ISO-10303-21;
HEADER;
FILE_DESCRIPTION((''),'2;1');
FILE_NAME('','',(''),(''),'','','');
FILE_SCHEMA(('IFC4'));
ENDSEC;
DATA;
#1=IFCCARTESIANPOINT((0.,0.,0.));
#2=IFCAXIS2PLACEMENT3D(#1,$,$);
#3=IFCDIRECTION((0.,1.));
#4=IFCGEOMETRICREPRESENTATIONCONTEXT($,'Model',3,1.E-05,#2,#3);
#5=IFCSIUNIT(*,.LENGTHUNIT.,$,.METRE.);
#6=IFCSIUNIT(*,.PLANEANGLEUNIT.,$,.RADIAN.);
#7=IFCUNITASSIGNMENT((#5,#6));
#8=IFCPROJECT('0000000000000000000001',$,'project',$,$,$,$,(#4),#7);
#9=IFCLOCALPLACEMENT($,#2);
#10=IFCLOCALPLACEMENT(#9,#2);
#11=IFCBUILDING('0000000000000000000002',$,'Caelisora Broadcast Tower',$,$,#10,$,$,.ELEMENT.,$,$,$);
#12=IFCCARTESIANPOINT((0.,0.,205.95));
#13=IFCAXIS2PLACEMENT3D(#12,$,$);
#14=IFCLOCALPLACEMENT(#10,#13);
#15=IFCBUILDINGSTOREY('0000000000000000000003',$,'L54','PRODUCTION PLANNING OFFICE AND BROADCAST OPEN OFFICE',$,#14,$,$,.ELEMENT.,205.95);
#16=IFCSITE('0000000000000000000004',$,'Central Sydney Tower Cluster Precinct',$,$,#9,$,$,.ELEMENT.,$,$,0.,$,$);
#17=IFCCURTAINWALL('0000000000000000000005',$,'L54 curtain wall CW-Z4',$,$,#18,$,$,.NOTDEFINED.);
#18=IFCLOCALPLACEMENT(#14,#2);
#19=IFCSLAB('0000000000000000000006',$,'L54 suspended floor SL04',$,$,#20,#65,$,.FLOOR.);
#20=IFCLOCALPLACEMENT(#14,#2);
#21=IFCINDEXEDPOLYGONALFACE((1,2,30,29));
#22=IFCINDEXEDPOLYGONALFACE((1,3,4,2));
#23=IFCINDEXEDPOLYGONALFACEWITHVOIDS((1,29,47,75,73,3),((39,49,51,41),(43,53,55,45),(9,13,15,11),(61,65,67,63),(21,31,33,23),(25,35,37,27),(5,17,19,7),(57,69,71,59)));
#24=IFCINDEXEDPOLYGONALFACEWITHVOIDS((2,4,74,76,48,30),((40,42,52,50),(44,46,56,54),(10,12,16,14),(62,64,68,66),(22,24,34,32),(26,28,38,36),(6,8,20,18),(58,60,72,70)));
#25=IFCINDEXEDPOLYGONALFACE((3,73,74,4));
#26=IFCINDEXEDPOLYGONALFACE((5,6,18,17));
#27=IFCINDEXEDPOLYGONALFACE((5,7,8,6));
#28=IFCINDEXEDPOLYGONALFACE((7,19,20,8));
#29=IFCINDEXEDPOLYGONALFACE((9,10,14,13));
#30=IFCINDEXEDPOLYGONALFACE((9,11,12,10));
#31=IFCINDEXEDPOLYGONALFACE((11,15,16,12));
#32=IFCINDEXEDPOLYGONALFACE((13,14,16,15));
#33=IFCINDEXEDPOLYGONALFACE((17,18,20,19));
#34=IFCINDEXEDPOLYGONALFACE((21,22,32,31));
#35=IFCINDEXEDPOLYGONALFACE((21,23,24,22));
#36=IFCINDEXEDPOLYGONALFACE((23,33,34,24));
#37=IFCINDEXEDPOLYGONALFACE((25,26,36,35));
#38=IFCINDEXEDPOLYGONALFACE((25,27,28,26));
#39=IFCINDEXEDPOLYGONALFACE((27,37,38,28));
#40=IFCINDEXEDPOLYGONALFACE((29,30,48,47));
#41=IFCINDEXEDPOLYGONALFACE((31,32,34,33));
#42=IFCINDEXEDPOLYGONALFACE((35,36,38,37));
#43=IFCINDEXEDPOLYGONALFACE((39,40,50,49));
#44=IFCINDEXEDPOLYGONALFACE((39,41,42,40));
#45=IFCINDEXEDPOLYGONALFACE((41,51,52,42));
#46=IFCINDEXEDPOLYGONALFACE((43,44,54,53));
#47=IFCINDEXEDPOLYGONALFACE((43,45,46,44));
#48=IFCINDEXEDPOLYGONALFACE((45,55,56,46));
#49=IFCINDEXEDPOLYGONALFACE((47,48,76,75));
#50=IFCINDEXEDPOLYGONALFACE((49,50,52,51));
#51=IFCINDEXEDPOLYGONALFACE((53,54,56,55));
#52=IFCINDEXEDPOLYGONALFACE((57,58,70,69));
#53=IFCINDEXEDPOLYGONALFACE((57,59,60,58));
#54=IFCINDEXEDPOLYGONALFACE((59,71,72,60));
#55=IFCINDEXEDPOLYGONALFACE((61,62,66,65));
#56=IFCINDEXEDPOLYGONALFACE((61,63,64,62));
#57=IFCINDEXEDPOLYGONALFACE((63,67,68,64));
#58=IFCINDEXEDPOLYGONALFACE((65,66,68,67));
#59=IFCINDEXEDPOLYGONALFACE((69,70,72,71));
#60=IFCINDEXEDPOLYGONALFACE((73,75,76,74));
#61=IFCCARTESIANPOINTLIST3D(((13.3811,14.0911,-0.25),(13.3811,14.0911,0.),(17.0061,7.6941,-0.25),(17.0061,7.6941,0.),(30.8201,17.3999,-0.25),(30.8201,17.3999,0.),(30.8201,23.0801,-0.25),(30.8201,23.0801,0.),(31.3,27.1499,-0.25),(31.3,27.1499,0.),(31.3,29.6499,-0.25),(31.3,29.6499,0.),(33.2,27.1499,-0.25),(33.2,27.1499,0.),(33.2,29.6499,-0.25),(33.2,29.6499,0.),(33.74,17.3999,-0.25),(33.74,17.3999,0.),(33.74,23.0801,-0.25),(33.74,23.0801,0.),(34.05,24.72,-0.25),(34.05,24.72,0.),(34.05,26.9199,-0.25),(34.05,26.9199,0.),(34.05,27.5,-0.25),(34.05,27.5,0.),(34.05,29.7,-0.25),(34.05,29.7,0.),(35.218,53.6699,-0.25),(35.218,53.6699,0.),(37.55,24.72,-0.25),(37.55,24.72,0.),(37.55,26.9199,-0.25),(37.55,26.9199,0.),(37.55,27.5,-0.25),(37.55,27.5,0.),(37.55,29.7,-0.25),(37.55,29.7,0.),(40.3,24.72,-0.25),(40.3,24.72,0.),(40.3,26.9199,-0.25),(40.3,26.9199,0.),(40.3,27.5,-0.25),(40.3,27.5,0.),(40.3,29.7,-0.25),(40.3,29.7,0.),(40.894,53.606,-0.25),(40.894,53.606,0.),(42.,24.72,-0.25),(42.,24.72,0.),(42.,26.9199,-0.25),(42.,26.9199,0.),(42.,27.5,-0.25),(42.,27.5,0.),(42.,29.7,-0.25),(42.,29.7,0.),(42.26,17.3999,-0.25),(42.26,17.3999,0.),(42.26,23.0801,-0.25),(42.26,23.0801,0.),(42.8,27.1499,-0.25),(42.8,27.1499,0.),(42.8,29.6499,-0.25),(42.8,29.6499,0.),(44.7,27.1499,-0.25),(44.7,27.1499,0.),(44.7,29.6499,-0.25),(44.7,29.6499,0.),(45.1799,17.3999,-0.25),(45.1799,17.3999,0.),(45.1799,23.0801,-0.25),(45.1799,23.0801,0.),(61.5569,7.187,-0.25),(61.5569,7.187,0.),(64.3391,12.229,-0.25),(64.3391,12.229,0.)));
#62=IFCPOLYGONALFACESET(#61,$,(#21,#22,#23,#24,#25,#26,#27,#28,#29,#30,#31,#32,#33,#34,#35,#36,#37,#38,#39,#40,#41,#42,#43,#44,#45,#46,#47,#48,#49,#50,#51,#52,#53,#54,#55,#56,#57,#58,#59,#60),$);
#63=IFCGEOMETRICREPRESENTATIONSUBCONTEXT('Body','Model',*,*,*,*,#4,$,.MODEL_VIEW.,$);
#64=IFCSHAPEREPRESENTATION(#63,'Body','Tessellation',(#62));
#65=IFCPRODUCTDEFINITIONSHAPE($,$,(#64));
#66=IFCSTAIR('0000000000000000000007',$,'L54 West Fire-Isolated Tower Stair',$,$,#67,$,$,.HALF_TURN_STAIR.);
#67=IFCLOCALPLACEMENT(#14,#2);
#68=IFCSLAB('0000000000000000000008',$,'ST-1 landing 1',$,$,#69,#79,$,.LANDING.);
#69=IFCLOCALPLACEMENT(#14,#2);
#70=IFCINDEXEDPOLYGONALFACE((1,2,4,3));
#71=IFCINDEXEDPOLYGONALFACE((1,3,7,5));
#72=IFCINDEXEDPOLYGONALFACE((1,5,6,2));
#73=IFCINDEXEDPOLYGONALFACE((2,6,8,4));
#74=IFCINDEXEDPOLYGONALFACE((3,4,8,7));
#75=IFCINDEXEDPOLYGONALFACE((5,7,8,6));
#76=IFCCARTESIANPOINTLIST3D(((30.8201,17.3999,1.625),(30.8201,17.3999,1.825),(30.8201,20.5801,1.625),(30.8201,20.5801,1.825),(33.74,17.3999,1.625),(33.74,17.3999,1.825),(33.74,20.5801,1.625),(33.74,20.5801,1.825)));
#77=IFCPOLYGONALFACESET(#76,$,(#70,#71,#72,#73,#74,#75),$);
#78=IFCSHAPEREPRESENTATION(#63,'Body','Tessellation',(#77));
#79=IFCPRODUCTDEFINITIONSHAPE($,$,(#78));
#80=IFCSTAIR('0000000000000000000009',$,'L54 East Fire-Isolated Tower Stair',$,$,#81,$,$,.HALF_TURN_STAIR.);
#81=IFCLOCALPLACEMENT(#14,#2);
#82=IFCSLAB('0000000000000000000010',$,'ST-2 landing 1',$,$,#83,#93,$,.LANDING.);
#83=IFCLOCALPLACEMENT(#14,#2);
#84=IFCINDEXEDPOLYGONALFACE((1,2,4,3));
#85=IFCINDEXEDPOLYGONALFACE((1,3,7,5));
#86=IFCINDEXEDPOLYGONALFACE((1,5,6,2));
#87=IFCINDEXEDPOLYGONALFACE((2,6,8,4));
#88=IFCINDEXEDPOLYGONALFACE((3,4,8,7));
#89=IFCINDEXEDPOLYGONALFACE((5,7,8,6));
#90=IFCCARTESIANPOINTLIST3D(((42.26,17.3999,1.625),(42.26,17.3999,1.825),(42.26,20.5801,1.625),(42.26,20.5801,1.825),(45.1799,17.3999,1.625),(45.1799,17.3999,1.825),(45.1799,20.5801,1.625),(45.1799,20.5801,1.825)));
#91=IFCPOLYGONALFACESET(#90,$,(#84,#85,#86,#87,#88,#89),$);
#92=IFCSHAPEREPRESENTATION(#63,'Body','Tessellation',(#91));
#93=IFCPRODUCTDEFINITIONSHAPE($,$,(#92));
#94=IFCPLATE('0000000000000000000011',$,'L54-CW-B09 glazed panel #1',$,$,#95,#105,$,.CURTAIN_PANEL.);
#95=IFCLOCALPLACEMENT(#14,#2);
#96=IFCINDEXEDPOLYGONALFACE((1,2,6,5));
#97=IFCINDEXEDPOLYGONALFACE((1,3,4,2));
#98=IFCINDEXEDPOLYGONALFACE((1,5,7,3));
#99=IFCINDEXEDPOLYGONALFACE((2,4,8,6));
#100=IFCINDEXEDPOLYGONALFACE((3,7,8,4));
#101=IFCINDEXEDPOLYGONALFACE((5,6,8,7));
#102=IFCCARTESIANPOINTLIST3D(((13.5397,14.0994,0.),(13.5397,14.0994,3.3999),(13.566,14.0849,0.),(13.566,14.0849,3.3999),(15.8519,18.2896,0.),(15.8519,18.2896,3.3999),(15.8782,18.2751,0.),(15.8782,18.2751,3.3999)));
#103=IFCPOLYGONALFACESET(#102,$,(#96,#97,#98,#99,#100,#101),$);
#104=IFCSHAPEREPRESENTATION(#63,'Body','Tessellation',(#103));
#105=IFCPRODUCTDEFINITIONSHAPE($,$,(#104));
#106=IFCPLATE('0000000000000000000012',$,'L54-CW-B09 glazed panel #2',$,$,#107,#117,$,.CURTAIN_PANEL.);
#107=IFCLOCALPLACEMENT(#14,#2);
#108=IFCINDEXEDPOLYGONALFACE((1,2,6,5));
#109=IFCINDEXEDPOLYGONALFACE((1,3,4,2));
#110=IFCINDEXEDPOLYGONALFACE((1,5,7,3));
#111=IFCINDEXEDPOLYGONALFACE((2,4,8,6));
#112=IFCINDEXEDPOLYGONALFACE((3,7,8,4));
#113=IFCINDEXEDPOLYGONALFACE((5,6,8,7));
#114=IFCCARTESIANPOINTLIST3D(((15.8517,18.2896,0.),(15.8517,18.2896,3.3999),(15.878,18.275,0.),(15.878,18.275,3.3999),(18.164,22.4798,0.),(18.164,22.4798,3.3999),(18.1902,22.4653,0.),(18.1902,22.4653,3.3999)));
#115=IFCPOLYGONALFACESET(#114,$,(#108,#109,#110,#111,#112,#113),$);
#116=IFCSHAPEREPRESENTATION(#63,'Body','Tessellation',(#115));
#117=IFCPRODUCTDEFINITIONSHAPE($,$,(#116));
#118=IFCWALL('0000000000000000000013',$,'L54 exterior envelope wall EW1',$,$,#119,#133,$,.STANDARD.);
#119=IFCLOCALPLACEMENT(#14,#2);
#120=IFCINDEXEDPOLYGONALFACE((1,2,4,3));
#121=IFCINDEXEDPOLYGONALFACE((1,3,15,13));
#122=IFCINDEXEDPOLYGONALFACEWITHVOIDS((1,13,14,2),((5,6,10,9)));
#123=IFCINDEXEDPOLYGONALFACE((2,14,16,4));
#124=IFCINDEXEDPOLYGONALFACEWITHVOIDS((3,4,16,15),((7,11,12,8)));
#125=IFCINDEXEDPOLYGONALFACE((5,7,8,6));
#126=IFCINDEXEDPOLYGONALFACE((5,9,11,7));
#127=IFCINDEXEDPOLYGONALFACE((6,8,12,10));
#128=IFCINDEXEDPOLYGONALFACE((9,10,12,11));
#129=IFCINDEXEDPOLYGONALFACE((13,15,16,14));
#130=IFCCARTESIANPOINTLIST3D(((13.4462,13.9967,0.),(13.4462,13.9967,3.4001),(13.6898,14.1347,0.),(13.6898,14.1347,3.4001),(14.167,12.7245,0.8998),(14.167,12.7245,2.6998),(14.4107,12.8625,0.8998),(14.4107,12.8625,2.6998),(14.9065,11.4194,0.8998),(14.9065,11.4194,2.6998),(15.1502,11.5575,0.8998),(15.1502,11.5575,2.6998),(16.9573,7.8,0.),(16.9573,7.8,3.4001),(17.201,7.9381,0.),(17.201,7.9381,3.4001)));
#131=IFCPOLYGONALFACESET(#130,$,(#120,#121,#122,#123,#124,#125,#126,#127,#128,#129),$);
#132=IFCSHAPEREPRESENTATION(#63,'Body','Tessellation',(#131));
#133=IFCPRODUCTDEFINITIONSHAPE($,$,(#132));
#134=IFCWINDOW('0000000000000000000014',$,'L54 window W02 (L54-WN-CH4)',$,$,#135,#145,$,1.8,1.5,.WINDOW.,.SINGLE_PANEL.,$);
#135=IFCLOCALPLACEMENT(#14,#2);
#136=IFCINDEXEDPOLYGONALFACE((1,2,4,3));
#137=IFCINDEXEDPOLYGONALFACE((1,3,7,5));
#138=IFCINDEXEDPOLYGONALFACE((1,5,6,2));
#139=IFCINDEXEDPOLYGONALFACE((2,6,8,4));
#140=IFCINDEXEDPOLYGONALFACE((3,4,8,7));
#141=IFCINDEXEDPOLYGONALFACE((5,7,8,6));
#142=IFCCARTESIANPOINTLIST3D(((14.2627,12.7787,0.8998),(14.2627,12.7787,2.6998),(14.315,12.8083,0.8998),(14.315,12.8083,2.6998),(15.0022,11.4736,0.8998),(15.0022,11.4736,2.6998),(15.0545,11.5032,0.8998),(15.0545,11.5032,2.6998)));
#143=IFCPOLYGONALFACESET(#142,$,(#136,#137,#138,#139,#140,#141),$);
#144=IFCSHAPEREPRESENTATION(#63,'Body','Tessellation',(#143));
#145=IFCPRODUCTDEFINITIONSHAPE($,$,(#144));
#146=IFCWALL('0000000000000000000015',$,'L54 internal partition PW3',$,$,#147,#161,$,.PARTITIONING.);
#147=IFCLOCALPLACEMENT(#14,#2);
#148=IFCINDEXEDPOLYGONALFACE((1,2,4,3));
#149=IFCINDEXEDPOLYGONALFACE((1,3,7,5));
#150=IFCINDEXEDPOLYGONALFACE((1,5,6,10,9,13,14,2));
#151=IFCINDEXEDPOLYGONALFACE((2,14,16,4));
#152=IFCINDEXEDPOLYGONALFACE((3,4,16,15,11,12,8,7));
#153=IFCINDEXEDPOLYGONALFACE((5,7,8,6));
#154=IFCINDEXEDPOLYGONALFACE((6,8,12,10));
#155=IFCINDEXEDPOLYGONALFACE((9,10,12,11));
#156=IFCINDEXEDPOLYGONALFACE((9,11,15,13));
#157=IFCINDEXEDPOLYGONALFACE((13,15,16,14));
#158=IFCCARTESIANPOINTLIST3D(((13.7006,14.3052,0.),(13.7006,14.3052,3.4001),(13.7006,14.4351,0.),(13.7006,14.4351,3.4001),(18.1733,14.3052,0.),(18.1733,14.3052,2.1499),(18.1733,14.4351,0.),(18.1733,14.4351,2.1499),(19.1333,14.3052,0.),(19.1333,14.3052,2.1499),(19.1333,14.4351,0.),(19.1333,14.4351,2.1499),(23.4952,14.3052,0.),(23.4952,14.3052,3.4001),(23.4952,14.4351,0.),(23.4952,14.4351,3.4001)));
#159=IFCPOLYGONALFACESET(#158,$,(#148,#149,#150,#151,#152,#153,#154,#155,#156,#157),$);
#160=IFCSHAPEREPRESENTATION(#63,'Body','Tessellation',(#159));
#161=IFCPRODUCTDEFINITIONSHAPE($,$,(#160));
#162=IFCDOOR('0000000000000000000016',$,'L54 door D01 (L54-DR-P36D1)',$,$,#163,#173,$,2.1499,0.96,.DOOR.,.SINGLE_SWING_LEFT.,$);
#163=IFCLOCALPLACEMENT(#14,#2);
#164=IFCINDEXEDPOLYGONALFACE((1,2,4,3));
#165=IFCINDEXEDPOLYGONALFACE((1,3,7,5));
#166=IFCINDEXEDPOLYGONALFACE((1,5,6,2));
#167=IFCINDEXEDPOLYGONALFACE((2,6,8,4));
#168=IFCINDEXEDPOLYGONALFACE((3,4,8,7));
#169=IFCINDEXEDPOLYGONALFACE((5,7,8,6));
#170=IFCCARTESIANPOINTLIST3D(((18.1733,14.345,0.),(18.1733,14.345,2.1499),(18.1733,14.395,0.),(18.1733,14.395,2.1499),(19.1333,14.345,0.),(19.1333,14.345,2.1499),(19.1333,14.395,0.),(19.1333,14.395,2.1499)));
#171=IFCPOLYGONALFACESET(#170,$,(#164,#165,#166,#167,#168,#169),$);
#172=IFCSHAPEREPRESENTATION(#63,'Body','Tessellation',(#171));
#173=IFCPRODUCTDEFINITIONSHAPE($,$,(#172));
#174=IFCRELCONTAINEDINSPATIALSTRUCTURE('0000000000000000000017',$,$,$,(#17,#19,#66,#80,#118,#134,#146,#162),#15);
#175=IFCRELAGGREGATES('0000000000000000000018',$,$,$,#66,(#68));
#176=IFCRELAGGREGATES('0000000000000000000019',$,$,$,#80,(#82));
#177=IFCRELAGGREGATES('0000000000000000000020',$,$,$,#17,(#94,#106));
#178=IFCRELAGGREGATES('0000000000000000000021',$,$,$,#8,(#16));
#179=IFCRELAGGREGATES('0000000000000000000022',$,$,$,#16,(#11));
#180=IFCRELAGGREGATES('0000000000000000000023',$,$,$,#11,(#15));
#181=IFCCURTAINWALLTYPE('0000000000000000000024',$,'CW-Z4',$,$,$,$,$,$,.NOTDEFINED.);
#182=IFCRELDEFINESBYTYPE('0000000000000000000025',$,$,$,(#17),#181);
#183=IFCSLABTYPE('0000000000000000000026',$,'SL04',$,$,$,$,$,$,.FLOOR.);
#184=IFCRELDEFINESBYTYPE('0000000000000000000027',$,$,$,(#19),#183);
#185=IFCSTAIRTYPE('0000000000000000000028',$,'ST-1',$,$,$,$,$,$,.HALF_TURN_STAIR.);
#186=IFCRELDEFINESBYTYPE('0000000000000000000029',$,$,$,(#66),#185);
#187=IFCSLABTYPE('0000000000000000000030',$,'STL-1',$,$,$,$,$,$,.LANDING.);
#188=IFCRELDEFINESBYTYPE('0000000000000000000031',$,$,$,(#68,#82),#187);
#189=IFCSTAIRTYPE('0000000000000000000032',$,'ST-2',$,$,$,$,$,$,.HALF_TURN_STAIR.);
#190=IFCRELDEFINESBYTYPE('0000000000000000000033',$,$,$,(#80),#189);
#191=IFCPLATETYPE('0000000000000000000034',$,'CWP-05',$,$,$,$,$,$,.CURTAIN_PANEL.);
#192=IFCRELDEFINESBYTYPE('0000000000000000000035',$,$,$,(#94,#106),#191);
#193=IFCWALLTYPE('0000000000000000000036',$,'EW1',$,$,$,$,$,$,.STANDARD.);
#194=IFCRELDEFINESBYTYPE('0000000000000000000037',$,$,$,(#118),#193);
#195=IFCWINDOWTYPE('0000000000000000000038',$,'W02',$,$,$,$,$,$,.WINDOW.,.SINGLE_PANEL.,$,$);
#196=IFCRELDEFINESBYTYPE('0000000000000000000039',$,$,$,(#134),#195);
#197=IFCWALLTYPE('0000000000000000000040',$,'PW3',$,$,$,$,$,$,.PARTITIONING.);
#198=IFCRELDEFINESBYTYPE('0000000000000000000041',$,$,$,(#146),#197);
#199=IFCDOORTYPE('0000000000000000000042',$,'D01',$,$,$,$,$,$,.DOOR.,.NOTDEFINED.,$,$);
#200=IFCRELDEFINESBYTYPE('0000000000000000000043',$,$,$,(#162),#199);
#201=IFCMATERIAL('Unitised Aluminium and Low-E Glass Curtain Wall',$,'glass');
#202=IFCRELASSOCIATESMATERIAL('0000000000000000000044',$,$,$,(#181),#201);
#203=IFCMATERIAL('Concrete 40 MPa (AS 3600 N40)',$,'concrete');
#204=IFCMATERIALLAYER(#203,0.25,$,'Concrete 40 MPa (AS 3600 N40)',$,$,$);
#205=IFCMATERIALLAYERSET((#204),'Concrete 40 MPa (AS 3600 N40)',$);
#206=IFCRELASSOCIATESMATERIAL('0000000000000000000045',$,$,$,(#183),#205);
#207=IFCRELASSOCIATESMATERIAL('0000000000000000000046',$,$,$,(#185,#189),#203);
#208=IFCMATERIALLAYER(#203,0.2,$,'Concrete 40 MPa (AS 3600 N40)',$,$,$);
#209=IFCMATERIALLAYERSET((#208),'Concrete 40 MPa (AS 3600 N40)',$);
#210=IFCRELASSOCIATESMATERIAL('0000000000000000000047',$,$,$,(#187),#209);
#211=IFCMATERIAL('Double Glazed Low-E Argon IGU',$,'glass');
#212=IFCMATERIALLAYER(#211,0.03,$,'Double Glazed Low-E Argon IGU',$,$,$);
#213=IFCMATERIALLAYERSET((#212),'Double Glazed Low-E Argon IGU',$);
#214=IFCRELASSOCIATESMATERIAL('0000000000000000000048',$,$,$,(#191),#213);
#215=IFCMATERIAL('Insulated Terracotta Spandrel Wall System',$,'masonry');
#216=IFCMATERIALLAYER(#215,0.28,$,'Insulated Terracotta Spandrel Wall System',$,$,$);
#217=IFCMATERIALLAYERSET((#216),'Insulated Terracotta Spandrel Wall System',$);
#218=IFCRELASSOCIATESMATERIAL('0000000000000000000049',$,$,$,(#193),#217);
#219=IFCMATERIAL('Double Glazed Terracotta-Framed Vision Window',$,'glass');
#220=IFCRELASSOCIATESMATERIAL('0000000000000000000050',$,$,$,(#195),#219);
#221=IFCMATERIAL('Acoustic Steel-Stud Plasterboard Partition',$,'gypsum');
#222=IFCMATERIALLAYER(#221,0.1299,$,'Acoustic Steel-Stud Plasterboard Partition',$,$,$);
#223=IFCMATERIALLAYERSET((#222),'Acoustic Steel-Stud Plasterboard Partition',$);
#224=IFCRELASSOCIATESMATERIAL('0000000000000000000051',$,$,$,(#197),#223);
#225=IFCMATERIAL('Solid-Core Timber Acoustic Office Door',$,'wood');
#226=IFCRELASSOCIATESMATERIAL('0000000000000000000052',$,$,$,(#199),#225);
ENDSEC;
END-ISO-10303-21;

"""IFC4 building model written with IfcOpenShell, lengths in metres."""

from ifc_helpers import new_model, si_unit, direction, frame, frame_2d, origin, origin_2d, place, context, subcontext, project, spatial, polyline, rectangle, outline, extrude, source, transform, mapped, material, layer, layer_set, type_object, type_shapes, element, fill, aggregate, save


model = new_model("IFC4")

# Units and contexts
model_context = context("Model", 3, precision=1e-05, world=origin(), true_north=direction((0.0, 1.0)))
body_context = subcontext(model_context, "Body", "Model", "MODEL_VIEW")
ifc_project = project(units=[si_unit("LENGTHUNIT", "METRE"), si_unit("PLANEANGLEUNIT", "RADIAN")], contexts=[model_context])

# Site, building, storey
site_placement = place(None, origin())
site = spatial("IfcSite", under=ifc_project, at=site_placement, Name="Central Sydney Tower Cluster Precinct", CompositionType="ELEMENT", RefElevation=0.0)
building_placement = place(site_placement, origin())
building = spatial("IfcBuilding", under=site, at=building_placement, Name="Caelisora Broadcast Tower", CompositionType="ELEMENT")
storey_placement = place(building_placement, frame((0.0, 0.0, 205.95)))
storey = spatial("IfcBuildingStorey", under=building, at=storey_placement, Name="L54", Description="PRODUCTION PLANNING OFFICE AND BROADCAST OPEN OFFICE", CompositionType="ELEMENT", Elevation=205.95)

# Shared definitions
ifc_material_1 = material(Name="Unitised Aluminium and Low-E Glass Curtain Wall", Category="glass")
curtain_wall_type = type_object("IfcCurtainWallType", Name="CW-Z4", PredefinedType="NOTDEFINED", material=ifc_material_1)

# Curtain wall
curtain_wall_1_placement = place(storey_placement, origin())
curtain_wall_1 = element("IfcCurtainWall", 1, at=curtain_wall_1_placement, inside=storey, type_object=curtain_wall_type, Name="L54 curtain wall CW-Z4", PredefinedType="NOTDEFINED")

# Slab
ifc_material_2 = material(Name="Concrete 40 MPa (AS 3600 N40)", Category="concrete")
ifc_layer_1 = layer(ifc_material_2, 0.25, Name="Concrete 40 MPa (AS 3600 N40)")
ifc_layer_set_1 = layer_set([ifc_layer_1], Name="Concrete 40 MPa (AS 3600 N40)")
slab_type_1 = type_object("IfcSlabType", Name="SL04", PredefinedType="FLOOR", material=ifc_layer_set_1)
slab_1_placement = place(storey_placement, frame((0.0, 0.0, -0.25)))
element("IfcSlab", 2, at=slab_1_placement, inside=storey, type_object=slab_type_1, Name="L54 suspended floor SL04", PredefinedType="FLOOR", context=body_context, shape_type="SweptSolid", body=[
    extrude(outline(polyline([(40.894, 53.606), (35.218, 53.6699), (13.3811, 14.0911), (17.0061, 7.6941), (61.5569, 7.187), (64.3391, 12.229), (40.894, 53.606)]), holes=[polyline([(30.8201, 17.3999), (33.74, 17.3999), (33.74, 23.0801), (30.8201, 23.0801), (30.8201, 17.3999)]), polyline([(42.26, 17.3999), (45.1799, 17.3999), (45.1799, 23.0801), (42.26, 23.0801), (42.26, 17.3999)]), polyline([(42.8, 27.1499), (44.7, 27.1499), (44.7, 29.6499), (42.8, 29.6499), (42.8, 27.1499)]), polyline([(40.3, 24.72), (42.0, 24.72), (42.0, 26.9199), (40.3, 26.9199), (40.3, 24.72)]), polyline([(40.3, 27.5), (42.0, 27.5), (42.0, 29.7), (40.3, 29.7), (40.3, 27.5)]), polyline([(34.05, 24.72), (37.55, 24.72), (37.55, 26.9199), (34.05, 26.9199), (34.05, 24.72)]), polyline([(34.05, 27.5), (37.55, 27.5), (37.55, 29.7), (34.05, 29.7), (34.05, 27.5)]), polyline([(31.3, 27.1499), (33.2, 27.1499), (33.2, 29.6499), (31.3, 29.6499), (31.3, 27.1499)])]), origin(), (0.0, 0.0, 1.0), 0.25),
])

# Stairs, slabs
stair_type_1 = type_object("IfcStairType", Name="ST-1", PredefinedType="HALF_TURN_STAIR", material=ifc_material_2)
stair_1_placement = place(storey_placement, origin())
stair_1 = element("IfcStair", 3, at=stair_1_placement, inside=storey, type_object=stair_type_1, Name="L54 West Fire-Isolated Tower Stair", PredefinedType="HALF_TURN_STAIR")
ifc_layer_2 = layer(ifc_material_2, 0.2, Name="Concrete 40 MPa (AS 3600 N40)")
ifc_layer_set_2 = layer_set([ifc_layer_2], Name="Concrete 40 MPa (AS 3600 N40)")
slab_type_2 = type_object("IfcSlabType", Name="STL-1", PredefinedType="LANDING", material=ifc_layer_set_2)
slab_2_placement = place(storey_placement, frame((0.0, 0.0, 1.625)))
slab_2 = element("IfcSlab", 4, at=slab_2_placement, type_object=slab_type_2, Name="ST-1 landing 1", PredefinedType="LANDING", context=body_context, shape_type="SweptSolid", body=[
    extrude(outline(polyline([(30.8201, 20.5801), (30.8201, 17.3999), (33.74, 17.3999), (33.74, 20.5801), (30.8201, 20.5801)])), origin(), (0.0, 0.0, 1.0), 0.2),
])
aggregate(stair_1, [slab_2])
stair_type_2 = type_object("IfcStairType", Name="ST-2", PredefinedType="HALF_TURN_STAIR", material=ifc_material_2)
stair_2_placement = place(storey_placement, origin())
stair_2 = element("IfcStair", 5, at=stair_2_placement, inside=storey, type_object=stair_type_2, Name="L54 East Fire-Isolated Tower Stair", PredefinedType="HALF_TURN_STAIR")
slab_3_placement = place(storey_placement, frame((0.0, 0.0, 1.625)))
slab_3 = element("IfcSlab", 6, at=slab_3_placement, type_object=slab_type_2, Name="ST-2 landing 1", PredefinedType="LANDING", context=body_context, shape_type="SweptSolid", body=[
    extrude(outline(polyline([(42.26, 20.5801), (42.26, 17.3999), (45.1799, 17.3999), (45.1799, 20.5801), (42.26, 20.5801)])), origin(), (0.0, 0.0, 1.0), 0.2),
])
aggregate(stair_2, [slab_3])

# Plates
ifc_material_3 = material(Name="Double Glazed Low-E Argon IGU", Category="glass")
ifc_layer_3 = layer(ifc_material_3, 0.03, Name="Double Glazed Low-E Argon IGU")
ifc_layer_set_3 = layer_set([ifc_layer_3], Name="Double Glazed Low-E Argon IGU")
plate_type = type_object("IfcPlateType", Name="CWP-05", PredefinedType="CURTAIN_PANEL", material=ifc_layer_set_3)
shared_shape_1 = source(origin(), body_context, "Body", "SweptSolid", [
    extrude(rectangle(XDim=4.7859, YDim=0.03, at=origin_2d()), origin(), (0.0, 0.0, 1.0), 3.3999),
])
type_shapes(plate_type, [shared_shape_1])
plate_1_placement = place(storey_placement, frame((14.709, 16.1873, 0.0), z_axis=(0.0, 0.0, 1.0), x_axis=(0.48313, 0.875549, 0.0)))
plate_1 = element("IfcPlate", 7, at=plate_1_placement, type_object=plate_type, Name="L54-CW-B09 glazed panel #1", PredefinedType="CURTAIN_PANEL", context=body_context, shape_type="MappedRepresentation", body=[
    mapped(shared_shape_1, transform((0.0, 0.0, 0.0), scale=1.0)),
])
plate_2_placement = place(storey_placement, frame((17.021, 20.3774, 0.0), z_axis=(0.0, 0.0, 1.0), x_axis=(0.48313, 0.875549, 0.0)))
plate_2 = element("IfcPlate", 8, at=plate_2_placement, type_object=plate_type, Name="L54-CW-B09 glazed panel #2", PredefinedType="CURTAIN_PANEL", context=body_context, shape_type="MappedRepresentation", body=[
    mapped(shared_shape_1, transform((0.0, 0.0, 0.0), scale=1.0)),
])
aggregate(curtain_wall_1, [plate_1, plate_2])

# Wall, opening, window
ifc_material_4 = material(Name="Insulated Terracotta Spandrel Wall System", Category="masonry")
ifc_layer_4 = layer(ifc_material_4, 0.28, Name="Insulated Terracotta Spandrel Wall System")
ifc_layer_set_4 = layer_set([ifc_layer_4], Name="Insulated Terracotta Spandrel Wall System")
wall_type_1 = type_object("IfcWallType", Name="EW1", PredefinedType="STANDARD", material=ifc_layer_set_4)
wall_1_placement = place(storey_placement, frame((17.0791, 7.8691, 0.0), z_axis=(0.0, 0.0, 1.0), x_axis=(-0.492983, 0.870039, 0.0)))
wall_1 = element("IfcWall", 9, at=wall_1_placement, inside=storey, type_object=wall_type_1, Name="L54 exterior envelope wall EW1", PredefinedType="STANDARD", context=body_context, shape_type="SweptSolid", body=[
    extrude(rectangle(XDim=7.1223, YDim=0.28, at=frame_2d((3.561, 0.0))), origin(), (0.0, 0.0, 1.0), 3.4001),
])
opening_1_placement = place(wall_1_placement, frame((4.1599, 0.0, 0.8999)))
opening_1 = element("IfcOpeningElement", 10, at=opening_1_placement, cuts=wall_1, PredefinedType="OPENING", context=body_context, shape_type="SweptSolid", body=[
    extrude(rectangle(XDim=1.5, YDim=1.8, at=frame_2d((0.75, 0.8999))), frame((0.0, 0.1521, 0.0), z_axis=(0.0, -1.0, 0.0), x_axis=(1.0, 0.0, 0.0)), (0.0, 0.0, 1.0), 0.304),
])
ifc_material_5 = material(Name="Double Glazed Terracotta-Framed Vision Window", Category="glass")
window_type = type_object("IfcWindowType", Name="W02", PartitioningType="SINGLE_PANEL", PredefinedType="WINDOW", material=ifc_material_5)
window_placement = place(opening_1_placement, origin())
window = element("IfcWindow", 11, at=window_placement, inside=storey, type_object=window_type, Name="L54 window W02 (L54-WN-CH4)", OverallHeight=1.8, OverallWidth=1.5, PartitioningType="SINGLE_PANEL", PredefinedType="WINDOW", context=body_context, shape_type="SweptSolid", body=[
    extrude(rectangle(XDim=1.5, YDim=1.8, at=frame_2d((0.75, 0.8999))), frame((0.0, 0.03, 0.0), z_axis=(0.0, -1.0, 0.0), x_axis=(1.0, 0.0, 0.0)), (0.0, 0.0, 1.0), 0.0601),
])
fill(opening_1, window)

# Wall, opening, door
ifc_material_6 = material(Name="Acoustic Steel-Stud Plasterboard Partition", Category="gypsum")
ifc_layer_5 = layer(ifc_material_6, 0.1299, Name="Acoustic Steel-Stud Plasterboard Partition")
ifc_layer_set_5 = layer_set([ifc_layer_5], Name="Acoustic Steel-Stud Plasterboard Partition")
wall_type_2 = type_object("IfcWallType", Name="PW3", PredefinedType="PARTITIONING", material=ifc_layer_set_5)
wall_2_placement = place(storey_placement, frame((13.7004, 14.3701, 0.0), z_axis=(0.0, 0.0, 1.0), x_axis=(1.0, 0.0, 0.0)))
wall_2 = element("IfcWall", 12, at=wall_2_placement, inside=storey, type_object=wall_type_2, Name="L54 internal partition PW3", PredefinedType="PARTITIONING", context=body_context, shape_type="SweptSolid", body=[
    extrude(rectangle(XDim=9.7947, YDim=0.1299, at=frame_2d((4.8975, 0.0))), origin(), (0.0, 0.0, 1.0), 3.4001),
])
opening_2_placement = place(wall_2_placement, frame((4.4729, 0.0, 0.0)))
opening_2 = element("IfcOpeningElement", 13, at=opening_2_placement, cuts=wall_2, PredefinedType="OPENING", context=body_context, shape_type="SweptSolid", body=[
    extrude(rectangle(XDim=0.96, YDim=2.1499, at=frame_2d((0.48, 1.075))), frame((0.0, 0.0769, 0.0), z_axis=(0.0, -1.0, 0.0), x_axis=(1.0, 0.0, 0.0)), (0.0, 0.0, 1.0), 0.1538),
])
ifc_material_7 = material(Name="Solid-Core Timber Acoustic Office Door", Category="wood")
door_type = type_object("IfcDoorType", Name="D01", OperationType="NOTDEFINED", PredefinedType="DOOR", material=ifc_material_7)
door_1_placement = place(opening_2_placement, origin())
door_1 = element("IfcDoor", 14, at=door_1_placement, inside=storey, type_object=door_type, Name="L54 door D01 (L54-DR-P36D1)", OperationType="SINGLE_SWING_LEFT", OverallHeight=2.1499, OverallWidth=0.96, PredefinedType="DOOR", context=body_context, shape_type="SweptSolid", body=[
    extrude(rectangle(XDim=0.96, YDim=2.1499, at=frame_2d((0.48, 1.075))), frame((0.0, 0.0249, 0.0), z_axis=(0.0, -1.0, 0.0), x_axis=(1.0, 0.0, 0.0)), (0.0, 0.0, 1.0), 0.05),
])
fill(opening_2, door_1)

save(model, "model.ifc")
